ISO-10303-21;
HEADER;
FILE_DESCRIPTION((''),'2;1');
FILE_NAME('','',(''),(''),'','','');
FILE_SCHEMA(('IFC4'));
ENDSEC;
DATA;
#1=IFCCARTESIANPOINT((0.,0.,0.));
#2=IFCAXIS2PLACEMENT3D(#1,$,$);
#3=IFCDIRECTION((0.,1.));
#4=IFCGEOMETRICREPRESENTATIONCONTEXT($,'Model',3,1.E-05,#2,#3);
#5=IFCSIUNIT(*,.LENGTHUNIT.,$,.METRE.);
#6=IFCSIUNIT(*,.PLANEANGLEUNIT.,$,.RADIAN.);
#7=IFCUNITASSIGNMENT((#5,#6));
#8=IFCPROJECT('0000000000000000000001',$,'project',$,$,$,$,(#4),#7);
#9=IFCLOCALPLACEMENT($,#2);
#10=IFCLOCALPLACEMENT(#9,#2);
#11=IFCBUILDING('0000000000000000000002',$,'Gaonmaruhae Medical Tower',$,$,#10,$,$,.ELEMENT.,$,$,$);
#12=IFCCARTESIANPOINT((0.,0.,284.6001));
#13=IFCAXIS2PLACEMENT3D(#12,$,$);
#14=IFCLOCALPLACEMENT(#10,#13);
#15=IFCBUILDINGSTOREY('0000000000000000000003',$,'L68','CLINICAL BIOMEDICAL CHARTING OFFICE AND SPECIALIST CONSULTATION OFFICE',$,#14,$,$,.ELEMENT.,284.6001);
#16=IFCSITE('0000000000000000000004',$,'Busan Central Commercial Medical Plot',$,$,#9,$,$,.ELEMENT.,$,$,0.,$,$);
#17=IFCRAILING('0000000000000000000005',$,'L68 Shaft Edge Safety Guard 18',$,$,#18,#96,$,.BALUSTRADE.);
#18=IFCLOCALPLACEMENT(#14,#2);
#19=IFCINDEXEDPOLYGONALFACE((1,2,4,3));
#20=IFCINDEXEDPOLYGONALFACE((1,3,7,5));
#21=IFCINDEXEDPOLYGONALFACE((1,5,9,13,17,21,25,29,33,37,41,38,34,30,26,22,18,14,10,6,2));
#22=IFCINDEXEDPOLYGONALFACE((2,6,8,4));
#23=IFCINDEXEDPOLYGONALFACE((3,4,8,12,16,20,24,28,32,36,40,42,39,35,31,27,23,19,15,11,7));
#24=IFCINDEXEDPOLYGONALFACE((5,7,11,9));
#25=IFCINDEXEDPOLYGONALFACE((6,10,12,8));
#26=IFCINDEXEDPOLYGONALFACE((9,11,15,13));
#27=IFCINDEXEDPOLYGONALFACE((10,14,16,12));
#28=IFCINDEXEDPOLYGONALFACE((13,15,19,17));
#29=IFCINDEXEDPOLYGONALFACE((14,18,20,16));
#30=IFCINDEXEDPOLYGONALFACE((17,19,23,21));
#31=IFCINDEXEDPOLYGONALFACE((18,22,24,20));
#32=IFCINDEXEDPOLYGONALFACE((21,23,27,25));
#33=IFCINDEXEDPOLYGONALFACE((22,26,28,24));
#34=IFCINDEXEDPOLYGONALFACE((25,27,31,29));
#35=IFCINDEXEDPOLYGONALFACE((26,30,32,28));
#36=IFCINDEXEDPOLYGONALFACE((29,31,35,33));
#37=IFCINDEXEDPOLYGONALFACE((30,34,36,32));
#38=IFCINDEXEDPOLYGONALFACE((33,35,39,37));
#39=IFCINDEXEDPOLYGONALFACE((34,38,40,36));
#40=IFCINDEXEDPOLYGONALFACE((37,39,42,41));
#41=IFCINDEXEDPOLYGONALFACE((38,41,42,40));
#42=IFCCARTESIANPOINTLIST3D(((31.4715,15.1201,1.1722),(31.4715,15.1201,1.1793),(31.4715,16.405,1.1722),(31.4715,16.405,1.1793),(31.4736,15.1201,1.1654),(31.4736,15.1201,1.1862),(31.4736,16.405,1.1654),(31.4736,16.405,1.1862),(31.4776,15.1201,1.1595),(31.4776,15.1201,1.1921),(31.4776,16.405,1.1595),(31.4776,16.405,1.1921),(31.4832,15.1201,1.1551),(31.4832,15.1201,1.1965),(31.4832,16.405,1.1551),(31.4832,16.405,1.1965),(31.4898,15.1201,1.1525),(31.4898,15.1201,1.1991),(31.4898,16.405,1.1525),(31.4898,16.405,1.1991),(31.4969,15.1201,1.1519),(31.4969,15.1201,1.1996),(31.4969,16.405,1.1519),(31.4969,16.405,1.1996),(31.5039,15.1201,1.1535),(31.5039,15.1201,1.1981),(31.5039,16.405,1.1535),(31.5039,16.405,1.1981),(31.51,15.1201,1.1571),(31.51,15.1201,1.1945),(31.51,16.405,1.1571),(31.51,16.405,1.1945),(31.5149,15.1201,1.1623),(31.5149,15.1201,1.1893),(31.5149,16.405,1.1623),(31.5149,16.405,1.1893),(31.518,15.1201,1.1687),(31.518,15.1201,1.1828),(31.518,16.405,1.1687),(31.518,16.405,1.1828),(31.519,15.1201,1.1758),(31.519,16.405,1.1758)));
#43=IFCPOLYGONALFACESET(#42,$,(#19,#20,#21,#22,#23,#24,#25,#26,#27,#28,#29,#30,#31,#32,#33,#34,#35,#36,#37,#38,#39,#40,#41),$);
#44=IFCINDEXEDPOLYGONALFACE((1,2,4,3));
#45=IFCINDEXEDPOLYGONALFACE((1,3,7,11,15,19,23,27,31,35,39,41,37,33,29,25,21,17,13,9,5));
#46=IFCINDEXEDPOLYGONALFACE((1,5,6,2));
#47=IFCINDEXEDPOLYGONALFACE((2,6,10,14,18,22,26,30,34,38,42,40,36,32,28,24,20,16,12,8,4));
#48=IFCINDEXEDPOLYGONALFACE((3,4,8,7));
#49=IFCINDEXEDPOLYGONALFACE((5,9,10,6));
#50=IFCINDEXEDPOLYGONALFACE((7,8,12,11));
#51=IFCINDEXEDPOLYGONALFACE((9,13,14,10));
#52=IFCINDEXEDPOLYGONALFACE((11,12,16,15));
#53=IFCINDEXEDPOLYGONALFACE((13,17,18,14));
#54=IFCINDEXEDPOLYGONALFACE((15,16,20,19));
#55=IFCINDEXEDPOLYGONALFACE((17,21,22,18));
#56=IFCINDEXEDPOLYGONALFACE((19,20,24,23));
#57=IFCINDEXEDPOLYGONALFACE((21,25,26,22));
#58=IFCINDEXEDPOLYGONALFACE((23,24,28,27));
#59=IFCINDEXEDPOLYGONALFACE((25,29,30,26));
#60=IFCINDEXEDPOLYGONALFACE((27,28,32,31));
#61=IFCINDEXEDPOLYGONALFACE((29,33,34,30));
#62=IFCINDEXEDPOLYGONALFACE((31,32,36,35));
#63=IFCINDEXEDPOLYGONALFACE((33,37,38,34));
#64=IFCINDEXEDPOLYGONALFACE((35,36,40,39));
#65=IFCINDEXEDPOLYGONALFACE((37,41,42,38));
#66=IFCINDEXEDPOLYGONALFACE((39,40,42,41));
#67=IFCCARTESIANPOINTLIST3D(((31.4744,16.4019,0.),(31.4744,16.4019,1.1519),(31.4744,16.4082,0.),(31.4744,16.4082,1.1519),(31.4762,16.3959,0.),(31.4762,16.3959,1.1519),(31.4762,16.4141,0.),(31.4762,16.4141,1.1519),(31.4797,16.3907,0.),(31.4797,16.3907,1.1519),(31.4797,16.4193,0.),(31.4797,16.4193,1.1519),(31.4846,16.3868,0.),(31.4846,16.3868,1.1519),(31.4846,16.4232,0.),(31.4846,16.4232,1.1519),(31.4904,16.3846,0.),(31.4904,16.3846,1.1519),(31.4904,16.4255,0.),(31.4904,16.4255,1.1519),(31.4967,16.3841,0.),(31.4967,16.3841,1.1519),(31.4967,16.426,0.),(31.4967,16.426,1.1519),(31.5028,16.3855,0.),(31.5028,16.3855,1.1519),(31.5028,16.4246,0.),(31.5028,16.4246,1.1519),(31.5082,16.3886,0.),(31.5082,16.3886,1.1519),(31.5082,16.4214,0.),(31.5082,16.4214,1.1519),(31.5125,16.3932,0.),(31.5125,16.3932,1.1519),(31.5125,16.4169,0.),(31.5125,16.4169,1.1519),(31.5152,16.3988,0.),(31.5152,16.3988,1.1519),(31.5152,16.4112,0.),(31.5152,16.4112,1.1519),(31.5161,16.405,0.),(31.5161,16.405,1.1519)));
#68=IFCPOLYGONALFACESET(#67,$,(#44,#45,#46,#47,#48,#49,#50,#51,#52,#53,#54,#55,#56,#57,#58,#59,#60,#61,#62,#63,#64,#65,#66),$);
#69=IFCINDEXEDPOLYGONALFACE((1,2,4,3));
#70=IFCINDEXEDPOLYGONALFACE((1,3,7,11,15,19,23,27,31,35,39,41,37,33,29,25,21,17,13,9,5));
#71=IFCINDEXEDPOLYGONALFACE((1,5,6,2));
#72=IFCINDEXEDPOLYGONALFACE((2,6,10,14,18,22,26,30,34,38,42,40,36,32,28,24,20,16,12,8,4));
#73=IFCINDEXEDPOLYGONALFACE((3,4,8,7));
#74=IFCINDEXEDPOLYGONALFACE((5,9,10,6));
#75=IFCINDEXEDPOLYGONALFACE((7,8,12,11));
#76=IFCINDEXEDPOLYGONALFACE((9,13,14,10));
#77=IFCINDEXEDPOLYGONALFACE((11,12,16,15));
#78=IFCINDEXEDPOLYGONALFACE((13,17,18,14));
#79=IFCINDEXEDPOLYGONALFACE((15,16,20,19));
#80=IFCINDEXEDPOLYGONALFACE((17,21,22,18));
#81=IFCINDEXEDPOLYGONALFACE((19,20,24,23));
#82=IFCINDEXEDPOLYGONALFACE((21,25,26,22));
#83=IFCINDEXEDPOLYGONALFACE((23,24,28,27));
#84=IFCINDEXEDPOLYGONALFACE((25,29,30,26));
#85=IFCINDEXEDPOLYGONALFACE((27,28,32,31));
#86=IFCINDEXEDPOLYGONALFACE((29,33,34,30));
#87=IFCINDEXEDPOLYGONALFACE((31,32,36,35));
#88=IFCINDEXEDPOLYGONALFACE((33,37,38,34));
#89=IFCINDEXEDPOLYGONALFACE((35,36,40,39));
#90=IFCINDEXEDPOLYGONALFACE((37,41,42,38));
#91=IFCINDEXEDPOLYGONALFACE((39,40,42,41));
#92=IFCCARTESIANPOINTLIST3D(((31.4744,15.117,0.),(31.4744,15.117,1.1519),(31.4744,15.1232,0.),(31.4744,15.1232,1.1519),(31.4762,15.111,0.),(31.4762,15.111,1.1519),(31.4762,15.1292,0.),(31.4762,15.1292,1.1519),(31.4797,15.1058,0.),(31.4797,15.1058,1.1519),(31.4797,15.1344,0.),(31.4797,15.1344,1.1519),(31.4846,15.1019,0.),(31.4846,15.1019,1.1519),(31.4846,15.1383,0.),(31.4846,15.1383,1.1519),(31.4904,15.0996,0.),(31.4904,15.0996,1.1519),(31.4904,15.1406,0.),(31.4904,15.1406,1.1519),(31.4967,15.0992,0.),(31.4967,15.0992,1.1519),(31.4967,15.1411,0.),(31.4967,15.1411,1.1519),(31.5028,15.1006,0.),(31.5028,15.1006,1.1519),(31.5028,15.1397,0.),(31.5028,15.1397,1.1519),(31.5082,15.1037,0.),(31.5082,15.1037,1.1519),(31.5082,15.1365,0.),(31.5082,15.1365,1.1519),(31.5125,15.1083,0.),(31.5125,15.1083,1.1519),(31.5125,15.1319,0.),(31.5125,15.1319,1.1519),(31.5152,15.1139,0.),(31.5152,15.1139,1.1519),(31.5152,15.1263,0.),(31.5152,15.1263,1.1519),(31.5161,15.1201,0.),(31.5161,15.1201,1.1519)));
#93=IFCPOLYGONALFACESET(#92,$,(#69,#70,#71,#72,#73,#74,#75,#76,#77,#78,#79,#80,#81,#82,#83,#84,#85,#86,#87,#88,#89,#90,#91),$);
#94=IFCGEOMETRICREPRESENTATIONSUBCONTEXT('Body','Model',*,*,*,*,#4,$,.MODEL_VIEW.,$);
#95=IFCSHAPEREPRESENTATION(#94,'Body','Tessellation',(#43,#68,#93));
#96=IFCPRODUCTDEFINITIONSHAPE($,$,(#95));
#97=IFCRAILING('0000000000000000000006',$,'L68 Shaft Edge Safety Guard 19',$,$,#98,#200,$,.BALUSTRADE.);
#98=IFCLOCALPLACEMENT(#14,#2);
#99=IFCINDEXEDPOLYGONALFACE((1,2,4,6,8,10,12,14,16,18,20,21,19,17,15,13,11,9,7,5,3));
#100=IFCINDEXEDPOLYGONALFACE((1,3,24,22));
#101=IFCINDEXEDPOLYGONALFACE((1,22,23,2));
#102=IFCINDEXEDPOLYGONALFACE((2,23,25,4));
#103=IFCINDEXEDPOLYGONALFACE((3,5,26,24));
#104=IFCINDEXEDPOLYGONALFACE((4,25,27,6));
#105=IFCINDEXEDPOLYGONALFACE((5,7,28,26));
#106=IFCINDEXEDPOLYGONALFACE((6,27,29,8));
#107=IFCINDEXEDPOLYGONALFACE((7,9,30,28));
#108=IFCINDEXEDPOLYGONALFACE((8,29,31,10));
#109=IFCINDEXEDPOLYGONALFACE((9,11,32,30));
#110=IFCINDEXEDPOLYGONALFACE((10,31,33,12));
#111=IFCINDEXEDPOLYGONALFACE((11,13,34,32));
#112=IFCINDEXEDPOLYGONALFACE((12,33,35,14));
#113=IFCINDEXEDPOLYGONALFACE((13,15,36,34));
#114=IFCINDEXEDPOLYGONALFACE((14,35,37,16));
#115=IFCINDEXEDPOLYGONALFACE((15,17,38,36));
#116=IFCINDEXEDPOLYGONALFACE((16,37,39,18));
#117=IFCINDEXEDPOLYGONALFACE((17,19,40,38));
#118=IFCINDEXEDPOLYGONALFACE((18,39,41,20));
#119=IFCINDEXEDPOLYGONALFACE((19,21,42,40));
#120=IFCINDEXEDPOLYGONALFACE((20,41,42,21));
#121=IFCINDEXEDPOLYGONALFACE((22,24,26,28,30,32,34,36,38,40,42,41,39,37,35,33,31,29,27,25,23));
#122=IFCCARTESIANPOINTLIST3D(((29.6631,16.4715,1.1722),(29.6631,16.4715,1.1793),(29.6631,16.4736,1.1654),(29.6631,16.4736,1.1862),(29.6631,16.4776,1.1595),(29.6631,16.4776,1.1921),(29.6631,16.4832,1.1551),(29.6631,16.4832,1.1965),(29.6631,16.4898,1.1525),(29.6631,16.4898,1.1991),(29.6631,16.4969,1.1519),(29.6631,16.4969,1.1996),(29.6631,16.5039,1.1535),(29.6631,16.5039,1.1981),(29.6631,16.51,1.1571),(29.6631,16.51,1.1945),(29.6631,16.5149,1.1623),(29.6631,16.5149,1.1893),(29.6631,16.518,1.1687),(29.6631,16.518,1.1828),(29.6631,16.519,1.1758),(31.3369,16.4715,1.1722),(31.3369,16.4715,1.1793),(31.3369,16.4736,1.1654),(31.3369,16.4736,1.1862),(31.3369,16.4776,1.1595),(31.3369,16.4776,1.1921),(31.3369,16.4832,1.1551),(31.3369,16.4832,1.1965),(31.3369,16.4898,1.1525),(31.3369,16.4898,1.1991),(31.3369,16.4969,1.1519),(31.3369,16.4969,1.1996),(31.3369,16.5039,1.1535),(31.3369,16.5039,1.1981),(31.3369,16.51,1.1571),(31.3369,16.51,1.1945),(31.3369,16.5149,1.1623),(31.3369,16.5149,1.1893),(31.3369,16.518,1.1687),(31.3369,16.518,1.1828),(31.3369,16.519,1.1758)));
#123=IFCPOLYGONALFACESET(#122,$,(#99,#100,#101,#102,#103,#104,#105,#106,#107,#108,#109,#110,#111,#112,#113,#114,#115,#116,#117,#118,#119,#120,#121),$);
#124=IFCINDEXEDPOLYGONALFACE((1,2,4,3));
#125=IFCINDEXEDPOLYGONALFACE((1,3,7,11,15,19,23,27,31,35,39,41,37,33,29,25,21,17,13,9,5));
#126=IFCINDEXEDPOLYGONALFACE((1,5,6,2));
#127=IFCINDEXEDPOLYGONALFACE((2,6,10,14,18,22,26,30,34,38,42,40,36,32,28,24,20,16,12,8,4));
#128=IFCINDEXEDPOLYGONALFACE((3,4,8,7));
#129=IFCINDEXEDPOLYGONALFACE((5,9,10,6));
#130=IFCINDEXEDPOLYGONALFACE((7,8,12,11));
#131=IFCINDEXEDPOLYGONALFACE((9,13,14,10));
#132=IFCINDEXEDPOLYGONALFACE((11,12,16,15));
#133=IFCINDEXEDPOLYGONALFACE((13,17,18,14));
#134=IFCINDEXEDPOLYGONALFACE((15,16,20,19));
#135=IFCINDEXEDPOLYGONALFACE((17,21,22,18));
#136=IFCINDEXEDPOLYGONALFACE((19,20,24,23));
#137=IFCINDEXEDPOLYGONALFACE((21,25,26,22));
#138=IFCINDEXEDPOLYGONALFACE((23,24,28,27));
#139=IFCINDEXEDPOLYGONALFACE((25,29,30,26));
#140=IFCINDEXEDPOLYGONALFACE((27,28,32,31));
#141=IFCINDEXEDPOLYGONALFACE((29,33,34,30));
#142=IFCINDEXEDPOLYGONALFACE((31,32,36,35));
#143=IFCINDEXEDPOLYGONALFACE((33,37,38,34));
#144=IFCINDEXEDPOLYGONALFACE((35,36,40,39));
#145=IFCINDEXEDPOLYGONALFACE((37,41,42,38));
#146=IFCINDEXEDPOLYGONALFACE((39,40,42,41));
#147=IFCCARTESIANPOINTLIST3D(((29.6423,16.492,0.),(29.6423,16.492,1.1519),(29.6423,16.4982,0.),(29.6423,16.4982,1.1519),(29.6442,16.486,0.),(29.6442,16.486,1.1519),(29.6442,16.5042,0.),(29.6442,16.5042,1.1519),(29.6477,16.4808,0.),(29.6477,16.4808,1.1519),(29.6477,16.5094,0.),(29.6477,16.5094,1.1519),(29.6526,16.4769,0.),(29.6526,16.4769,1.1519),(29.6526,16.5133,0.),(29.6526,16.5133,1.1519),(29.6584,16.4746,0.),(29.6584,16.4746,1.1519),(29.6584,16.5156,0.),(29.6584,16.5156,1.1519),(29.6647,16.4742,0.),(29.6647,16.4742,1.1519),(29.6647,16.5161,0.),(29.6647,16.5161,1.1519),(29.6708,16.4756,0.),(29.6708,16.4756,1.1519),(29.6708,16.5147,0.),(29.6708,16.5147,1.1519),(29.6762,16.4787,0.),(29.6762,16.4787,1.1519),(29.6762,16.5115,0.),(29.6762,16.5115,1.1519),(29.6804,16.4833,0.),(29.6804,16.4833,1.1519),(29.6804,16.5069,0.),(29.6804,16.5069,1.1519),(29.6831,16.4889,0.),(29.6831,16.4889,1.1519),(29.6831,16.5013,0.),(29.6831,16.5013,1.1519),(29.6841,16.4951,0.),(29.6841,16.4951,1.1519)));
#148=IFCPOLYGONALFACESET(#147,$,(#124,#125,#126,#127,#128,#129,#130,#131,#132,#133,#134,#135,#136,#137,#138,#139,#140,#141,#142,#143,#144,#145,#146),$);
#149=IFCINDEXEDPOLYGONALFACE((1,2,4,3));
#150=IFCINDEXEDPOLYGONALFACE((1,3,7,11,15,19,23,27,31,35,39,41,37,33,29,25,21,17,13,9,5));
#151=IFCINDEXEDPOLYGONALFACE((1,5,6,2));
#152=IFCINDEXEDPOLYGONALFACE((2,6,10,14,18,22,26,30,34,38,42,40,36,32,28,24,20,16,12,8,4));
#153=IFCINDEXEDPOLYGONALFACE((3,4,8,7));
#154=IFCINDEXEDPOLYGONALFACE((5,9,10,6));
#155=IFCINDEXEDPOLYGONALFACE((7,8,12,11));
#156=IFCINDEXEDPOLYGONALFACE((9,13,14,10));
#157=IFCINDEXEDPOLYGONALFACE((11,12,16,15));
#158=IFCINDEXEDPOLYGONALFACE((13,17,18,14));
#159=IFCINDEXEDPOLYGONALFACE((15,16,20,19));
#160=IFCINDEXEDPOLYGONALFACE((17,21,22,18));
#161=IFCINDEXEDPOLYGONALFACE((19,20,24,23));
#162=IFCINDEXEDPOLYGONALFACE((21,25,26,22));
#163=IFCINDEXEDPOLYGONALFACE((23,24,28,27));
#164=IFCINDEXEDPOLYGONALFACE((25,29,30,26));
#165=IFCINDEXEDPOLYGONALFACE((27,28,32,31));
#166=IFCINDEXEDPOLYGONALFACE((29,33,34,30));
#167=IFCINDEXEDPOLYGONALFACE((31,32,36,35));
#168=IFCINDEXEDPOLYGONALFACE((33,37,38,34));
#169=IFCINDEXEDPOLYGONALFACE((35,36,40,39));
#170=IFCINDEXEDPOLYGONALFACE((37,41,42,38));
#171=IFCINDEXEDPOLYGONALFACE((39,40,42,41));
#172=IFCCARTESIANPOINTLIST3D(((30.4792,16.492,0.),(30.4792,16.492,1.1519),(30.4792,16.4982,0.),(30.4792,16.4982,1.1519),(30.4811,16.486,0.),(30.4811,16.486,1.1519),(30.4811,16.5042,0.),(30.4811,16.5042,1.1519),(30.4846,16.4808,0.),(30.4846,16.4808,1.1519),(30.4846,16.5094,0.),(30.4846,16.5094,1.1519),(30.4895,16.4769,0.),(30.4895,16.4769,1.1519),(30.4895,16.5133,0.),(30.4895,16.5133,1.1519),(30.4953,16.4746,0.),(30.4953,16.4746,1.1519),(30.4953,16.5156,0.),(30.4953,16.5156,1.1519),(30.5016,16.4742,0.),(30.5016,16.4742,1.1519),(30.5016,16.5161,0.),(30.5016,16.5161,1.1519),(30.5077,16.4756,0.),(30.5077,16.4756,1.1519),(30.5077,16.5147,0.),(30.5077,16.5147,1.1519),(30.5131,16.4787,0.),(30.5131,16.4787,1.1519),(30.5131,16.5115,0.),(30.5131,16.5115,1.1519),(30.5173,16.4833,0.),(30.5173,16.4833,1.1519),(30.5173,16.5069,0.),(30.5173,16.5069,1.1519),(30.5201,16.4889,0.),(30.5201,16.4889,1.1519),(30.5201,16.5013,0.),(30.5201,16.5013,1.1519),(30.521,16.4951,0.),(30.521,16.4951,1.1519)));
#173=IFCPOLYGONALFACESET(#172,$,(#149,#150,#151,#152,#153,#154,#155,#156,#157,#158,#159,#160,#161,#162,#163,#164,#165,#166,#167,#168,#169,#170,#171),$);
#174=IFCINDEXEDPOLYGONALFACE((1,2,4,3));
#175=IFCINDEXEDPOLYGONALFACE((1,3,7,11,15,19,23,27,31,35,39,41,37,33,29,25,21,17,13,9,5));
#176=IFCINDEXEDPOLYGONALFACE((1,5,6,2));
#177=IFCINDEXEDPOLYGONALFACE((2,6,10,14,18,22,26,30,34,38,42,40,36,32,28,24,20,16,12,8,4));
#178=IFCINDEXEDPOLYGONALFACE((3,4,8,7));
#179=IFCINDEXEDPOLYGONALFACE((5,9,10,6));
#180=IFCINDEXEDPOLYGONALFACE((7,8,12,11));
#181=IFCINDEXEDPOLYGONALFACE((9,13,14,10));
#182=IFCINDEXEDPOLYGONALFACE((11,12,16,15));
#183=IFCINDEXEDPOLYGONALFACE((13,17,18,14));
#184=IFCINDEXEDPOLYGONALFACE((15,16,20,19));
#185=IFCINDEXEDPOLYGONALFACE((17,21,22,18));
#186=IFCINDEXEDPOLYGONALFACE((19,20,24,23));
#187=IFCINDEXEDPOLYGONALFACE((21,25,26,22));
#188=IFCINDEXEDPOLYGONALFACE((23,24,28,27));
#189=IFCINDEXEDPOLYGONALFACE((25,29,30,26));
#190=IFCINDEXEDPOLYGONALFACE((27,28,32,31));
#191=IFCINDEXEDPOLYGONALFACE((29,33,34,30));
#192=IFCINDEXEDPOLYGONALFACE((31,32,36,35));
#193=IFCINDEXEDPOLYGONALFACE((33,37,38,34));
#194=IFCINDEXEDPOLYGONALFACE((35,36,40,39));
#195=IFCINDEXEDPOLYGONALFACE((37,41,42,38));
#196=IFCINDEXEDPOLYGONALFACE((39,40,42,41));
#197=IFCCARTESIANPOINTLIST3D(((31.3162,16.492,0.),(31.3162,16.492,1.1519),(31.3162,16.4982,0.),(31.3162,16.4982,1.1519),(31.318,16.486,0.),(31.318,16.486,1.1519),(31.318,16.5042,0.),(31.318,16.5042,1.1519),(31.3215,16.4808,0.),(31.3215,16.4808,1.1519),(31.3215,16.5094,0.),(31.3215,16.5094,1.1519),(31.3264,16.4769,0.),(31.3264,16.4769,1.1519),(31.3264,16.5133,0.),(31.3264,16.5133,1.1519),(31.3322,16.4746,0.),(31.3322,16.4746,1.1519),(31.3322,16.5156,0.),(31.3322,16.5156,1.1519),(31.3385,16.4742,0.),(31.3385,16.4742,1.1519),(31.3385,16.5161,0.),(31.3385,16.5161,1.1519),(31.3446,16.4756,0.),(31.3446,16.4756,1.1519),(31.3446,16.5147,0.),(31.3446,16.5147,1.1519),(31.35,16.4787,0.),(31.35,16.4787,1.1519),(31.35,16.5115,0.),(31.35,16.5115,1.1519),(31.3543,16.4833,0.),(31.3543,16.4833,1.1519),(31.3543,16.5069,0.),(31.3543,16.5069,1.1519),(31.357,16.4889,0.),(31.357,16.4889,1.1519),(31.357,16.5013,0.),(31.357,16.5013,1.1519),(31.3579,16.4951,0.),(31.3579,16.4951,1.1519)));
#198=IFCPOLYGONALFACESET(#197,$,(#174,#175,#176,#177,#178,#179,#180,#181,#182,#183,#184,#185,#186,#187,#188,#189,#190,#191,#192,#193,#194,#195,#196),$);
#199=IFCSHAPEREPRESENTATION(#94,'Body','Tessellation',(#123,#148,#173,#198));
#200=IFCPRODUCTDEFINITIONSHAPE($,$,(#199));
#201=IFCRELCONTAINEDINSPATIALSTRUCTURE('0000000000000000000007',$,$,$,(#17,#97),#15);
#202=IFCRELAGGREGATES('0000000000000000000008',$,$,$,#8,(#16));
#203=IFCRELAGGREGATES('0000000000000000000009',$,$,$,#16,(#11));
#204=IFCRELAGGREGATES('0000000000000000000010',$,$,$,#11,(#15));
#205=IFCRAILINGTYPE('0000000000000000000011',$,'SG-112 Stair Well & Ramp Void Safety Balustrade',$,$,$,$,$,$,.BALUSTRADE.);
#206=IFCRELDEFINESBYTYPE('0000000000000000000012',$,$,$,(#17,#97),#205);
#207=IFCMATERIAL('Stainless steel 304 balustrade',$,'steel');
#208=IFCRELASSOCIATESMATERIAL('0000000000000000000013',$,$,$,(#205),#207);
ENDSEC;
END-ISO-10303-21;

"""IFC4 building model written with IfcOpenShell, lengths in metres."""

from ifc_helpers import new_model, si_unit, direction, frame, origin, origin_2d, place, context, subcontext, project, spatial, circle, extrude, material, type_object, element, save


model = new_model("IFC4")

# Units and contexts
model_context = context("Model", 3, precision=1e-05, world=origin(), true_north=direction((0.0, 1.0)))
body_context = subcontext(model_context, "Body", "Model", "MODEL_VIEW")
ifc_project = project(units=[si_unit("LENGTHUNIT", "METRE"), si_unit("PLANEANGLEUNIT", "RADIAN")], contexts=[model_context])

# Site, building, storey
site_placement = place(None, origin())
site = spatial("IfcSite", under=ifc_project, at=site_placement, Name="Busan Central Commercial Medical Plot", CompositionType="ELEMENT", RefElevation=0.0)
building_placement = place(site_placement, origin())
building = spatial("IfcBuilding", under=site, at=building_placement, Name="Gaonmaruhae Medical Tower", CompositionType="ELEMENT")
storey_placement = place(building_placement, frame((0.0, 0.0, 284.6001)))
storey = spatial("IfcBuildingStorey", under=building, at=storey_placement, Name="L68", Description="CLINICAL BIOMEDICAL CHARTING OFFICE AND SPECIALIST CONSULTATION OFFICE", CompositionType="ELEMENT", Elevation=284.6001)

# Railings
ifc_material_1 = material(Name="Stainless steel 304 balustrade", Category="steel")
railing_type_1 = type_object("IfcRailingType", Name="SG-112 Stair Well & Ramp Void Safety Balustrade", PredefinedType="BALUSTRADE", material=ifc_material_1)
railing_1_placement = place(storey_placement, frame((31.4951, 16.405, 0.0)))
element("IfcRailing", 1, at=railing_1_placement, inside=storey, type_object=railing_type_1, Name="L68 Shaft Edge Safety Guard 18", PredefinedType="BALUSTRADE", context=body_context, shape_type="SweptSolid", body=[
    extrude(circle(Radius=0.0239, at=origin_2d()), frame((0.0, 0.0, 1.1758), z_axis=(0.0, -1.0, 0.0), x_axis=(1.0, 0.0, 0.0)), (0.0, 0.0, 1.0), 1.2849),
    extrude(circle(Radius=0.021, at=origin_2d()), origin(), (0.0, 0.0, 1.0), 1.1519),
    extrude(circle(Radius=0.021, at=origin_2d()), frame((0.0, -1.2849, 0.0)), (0.0, 0.0, 1.0), 1.1519),
])
railing_2_placement = place(storey_placement, frame((29.6631, 16.4951, 0.0)))
element("IfcRailing", 2, at=railing_2_placement, inside=storey, type_object=railing_type_1, Name="L68 Shaft Edge Safety Guard 19", PredefinedType="BALUSTRADE", context=body_context, shape_type="SweptSolid", body=[
    extrude(circle(Radius=0.0239, at=origin_2d()), frame((0.0, 0.0, 1.1758), z_axis=(1.0, 0.0, 0.0), x_axis=(0.0, 1.0, 0.0)), (0.0, 0.0, 1.0), 1.6738),
    extrude(circle(Radius=0.021, at=origin_2d()), origin(), (0.0, 0.0, 1.0), 1.1519),
    extrude(circle(Radius=0.021, at=origin_2d()), frame((0.8369, 0.0, 0.0)), (0.0, 0.0, 1.0), 1.1519),
    extrude(circle(Radius=0.021, at=origin_2d()), frame((1.6738, 0.0, 0.0)), (0.0, 0.0, 1.0), 1.1519),
])

save(model, "model.ifc")
